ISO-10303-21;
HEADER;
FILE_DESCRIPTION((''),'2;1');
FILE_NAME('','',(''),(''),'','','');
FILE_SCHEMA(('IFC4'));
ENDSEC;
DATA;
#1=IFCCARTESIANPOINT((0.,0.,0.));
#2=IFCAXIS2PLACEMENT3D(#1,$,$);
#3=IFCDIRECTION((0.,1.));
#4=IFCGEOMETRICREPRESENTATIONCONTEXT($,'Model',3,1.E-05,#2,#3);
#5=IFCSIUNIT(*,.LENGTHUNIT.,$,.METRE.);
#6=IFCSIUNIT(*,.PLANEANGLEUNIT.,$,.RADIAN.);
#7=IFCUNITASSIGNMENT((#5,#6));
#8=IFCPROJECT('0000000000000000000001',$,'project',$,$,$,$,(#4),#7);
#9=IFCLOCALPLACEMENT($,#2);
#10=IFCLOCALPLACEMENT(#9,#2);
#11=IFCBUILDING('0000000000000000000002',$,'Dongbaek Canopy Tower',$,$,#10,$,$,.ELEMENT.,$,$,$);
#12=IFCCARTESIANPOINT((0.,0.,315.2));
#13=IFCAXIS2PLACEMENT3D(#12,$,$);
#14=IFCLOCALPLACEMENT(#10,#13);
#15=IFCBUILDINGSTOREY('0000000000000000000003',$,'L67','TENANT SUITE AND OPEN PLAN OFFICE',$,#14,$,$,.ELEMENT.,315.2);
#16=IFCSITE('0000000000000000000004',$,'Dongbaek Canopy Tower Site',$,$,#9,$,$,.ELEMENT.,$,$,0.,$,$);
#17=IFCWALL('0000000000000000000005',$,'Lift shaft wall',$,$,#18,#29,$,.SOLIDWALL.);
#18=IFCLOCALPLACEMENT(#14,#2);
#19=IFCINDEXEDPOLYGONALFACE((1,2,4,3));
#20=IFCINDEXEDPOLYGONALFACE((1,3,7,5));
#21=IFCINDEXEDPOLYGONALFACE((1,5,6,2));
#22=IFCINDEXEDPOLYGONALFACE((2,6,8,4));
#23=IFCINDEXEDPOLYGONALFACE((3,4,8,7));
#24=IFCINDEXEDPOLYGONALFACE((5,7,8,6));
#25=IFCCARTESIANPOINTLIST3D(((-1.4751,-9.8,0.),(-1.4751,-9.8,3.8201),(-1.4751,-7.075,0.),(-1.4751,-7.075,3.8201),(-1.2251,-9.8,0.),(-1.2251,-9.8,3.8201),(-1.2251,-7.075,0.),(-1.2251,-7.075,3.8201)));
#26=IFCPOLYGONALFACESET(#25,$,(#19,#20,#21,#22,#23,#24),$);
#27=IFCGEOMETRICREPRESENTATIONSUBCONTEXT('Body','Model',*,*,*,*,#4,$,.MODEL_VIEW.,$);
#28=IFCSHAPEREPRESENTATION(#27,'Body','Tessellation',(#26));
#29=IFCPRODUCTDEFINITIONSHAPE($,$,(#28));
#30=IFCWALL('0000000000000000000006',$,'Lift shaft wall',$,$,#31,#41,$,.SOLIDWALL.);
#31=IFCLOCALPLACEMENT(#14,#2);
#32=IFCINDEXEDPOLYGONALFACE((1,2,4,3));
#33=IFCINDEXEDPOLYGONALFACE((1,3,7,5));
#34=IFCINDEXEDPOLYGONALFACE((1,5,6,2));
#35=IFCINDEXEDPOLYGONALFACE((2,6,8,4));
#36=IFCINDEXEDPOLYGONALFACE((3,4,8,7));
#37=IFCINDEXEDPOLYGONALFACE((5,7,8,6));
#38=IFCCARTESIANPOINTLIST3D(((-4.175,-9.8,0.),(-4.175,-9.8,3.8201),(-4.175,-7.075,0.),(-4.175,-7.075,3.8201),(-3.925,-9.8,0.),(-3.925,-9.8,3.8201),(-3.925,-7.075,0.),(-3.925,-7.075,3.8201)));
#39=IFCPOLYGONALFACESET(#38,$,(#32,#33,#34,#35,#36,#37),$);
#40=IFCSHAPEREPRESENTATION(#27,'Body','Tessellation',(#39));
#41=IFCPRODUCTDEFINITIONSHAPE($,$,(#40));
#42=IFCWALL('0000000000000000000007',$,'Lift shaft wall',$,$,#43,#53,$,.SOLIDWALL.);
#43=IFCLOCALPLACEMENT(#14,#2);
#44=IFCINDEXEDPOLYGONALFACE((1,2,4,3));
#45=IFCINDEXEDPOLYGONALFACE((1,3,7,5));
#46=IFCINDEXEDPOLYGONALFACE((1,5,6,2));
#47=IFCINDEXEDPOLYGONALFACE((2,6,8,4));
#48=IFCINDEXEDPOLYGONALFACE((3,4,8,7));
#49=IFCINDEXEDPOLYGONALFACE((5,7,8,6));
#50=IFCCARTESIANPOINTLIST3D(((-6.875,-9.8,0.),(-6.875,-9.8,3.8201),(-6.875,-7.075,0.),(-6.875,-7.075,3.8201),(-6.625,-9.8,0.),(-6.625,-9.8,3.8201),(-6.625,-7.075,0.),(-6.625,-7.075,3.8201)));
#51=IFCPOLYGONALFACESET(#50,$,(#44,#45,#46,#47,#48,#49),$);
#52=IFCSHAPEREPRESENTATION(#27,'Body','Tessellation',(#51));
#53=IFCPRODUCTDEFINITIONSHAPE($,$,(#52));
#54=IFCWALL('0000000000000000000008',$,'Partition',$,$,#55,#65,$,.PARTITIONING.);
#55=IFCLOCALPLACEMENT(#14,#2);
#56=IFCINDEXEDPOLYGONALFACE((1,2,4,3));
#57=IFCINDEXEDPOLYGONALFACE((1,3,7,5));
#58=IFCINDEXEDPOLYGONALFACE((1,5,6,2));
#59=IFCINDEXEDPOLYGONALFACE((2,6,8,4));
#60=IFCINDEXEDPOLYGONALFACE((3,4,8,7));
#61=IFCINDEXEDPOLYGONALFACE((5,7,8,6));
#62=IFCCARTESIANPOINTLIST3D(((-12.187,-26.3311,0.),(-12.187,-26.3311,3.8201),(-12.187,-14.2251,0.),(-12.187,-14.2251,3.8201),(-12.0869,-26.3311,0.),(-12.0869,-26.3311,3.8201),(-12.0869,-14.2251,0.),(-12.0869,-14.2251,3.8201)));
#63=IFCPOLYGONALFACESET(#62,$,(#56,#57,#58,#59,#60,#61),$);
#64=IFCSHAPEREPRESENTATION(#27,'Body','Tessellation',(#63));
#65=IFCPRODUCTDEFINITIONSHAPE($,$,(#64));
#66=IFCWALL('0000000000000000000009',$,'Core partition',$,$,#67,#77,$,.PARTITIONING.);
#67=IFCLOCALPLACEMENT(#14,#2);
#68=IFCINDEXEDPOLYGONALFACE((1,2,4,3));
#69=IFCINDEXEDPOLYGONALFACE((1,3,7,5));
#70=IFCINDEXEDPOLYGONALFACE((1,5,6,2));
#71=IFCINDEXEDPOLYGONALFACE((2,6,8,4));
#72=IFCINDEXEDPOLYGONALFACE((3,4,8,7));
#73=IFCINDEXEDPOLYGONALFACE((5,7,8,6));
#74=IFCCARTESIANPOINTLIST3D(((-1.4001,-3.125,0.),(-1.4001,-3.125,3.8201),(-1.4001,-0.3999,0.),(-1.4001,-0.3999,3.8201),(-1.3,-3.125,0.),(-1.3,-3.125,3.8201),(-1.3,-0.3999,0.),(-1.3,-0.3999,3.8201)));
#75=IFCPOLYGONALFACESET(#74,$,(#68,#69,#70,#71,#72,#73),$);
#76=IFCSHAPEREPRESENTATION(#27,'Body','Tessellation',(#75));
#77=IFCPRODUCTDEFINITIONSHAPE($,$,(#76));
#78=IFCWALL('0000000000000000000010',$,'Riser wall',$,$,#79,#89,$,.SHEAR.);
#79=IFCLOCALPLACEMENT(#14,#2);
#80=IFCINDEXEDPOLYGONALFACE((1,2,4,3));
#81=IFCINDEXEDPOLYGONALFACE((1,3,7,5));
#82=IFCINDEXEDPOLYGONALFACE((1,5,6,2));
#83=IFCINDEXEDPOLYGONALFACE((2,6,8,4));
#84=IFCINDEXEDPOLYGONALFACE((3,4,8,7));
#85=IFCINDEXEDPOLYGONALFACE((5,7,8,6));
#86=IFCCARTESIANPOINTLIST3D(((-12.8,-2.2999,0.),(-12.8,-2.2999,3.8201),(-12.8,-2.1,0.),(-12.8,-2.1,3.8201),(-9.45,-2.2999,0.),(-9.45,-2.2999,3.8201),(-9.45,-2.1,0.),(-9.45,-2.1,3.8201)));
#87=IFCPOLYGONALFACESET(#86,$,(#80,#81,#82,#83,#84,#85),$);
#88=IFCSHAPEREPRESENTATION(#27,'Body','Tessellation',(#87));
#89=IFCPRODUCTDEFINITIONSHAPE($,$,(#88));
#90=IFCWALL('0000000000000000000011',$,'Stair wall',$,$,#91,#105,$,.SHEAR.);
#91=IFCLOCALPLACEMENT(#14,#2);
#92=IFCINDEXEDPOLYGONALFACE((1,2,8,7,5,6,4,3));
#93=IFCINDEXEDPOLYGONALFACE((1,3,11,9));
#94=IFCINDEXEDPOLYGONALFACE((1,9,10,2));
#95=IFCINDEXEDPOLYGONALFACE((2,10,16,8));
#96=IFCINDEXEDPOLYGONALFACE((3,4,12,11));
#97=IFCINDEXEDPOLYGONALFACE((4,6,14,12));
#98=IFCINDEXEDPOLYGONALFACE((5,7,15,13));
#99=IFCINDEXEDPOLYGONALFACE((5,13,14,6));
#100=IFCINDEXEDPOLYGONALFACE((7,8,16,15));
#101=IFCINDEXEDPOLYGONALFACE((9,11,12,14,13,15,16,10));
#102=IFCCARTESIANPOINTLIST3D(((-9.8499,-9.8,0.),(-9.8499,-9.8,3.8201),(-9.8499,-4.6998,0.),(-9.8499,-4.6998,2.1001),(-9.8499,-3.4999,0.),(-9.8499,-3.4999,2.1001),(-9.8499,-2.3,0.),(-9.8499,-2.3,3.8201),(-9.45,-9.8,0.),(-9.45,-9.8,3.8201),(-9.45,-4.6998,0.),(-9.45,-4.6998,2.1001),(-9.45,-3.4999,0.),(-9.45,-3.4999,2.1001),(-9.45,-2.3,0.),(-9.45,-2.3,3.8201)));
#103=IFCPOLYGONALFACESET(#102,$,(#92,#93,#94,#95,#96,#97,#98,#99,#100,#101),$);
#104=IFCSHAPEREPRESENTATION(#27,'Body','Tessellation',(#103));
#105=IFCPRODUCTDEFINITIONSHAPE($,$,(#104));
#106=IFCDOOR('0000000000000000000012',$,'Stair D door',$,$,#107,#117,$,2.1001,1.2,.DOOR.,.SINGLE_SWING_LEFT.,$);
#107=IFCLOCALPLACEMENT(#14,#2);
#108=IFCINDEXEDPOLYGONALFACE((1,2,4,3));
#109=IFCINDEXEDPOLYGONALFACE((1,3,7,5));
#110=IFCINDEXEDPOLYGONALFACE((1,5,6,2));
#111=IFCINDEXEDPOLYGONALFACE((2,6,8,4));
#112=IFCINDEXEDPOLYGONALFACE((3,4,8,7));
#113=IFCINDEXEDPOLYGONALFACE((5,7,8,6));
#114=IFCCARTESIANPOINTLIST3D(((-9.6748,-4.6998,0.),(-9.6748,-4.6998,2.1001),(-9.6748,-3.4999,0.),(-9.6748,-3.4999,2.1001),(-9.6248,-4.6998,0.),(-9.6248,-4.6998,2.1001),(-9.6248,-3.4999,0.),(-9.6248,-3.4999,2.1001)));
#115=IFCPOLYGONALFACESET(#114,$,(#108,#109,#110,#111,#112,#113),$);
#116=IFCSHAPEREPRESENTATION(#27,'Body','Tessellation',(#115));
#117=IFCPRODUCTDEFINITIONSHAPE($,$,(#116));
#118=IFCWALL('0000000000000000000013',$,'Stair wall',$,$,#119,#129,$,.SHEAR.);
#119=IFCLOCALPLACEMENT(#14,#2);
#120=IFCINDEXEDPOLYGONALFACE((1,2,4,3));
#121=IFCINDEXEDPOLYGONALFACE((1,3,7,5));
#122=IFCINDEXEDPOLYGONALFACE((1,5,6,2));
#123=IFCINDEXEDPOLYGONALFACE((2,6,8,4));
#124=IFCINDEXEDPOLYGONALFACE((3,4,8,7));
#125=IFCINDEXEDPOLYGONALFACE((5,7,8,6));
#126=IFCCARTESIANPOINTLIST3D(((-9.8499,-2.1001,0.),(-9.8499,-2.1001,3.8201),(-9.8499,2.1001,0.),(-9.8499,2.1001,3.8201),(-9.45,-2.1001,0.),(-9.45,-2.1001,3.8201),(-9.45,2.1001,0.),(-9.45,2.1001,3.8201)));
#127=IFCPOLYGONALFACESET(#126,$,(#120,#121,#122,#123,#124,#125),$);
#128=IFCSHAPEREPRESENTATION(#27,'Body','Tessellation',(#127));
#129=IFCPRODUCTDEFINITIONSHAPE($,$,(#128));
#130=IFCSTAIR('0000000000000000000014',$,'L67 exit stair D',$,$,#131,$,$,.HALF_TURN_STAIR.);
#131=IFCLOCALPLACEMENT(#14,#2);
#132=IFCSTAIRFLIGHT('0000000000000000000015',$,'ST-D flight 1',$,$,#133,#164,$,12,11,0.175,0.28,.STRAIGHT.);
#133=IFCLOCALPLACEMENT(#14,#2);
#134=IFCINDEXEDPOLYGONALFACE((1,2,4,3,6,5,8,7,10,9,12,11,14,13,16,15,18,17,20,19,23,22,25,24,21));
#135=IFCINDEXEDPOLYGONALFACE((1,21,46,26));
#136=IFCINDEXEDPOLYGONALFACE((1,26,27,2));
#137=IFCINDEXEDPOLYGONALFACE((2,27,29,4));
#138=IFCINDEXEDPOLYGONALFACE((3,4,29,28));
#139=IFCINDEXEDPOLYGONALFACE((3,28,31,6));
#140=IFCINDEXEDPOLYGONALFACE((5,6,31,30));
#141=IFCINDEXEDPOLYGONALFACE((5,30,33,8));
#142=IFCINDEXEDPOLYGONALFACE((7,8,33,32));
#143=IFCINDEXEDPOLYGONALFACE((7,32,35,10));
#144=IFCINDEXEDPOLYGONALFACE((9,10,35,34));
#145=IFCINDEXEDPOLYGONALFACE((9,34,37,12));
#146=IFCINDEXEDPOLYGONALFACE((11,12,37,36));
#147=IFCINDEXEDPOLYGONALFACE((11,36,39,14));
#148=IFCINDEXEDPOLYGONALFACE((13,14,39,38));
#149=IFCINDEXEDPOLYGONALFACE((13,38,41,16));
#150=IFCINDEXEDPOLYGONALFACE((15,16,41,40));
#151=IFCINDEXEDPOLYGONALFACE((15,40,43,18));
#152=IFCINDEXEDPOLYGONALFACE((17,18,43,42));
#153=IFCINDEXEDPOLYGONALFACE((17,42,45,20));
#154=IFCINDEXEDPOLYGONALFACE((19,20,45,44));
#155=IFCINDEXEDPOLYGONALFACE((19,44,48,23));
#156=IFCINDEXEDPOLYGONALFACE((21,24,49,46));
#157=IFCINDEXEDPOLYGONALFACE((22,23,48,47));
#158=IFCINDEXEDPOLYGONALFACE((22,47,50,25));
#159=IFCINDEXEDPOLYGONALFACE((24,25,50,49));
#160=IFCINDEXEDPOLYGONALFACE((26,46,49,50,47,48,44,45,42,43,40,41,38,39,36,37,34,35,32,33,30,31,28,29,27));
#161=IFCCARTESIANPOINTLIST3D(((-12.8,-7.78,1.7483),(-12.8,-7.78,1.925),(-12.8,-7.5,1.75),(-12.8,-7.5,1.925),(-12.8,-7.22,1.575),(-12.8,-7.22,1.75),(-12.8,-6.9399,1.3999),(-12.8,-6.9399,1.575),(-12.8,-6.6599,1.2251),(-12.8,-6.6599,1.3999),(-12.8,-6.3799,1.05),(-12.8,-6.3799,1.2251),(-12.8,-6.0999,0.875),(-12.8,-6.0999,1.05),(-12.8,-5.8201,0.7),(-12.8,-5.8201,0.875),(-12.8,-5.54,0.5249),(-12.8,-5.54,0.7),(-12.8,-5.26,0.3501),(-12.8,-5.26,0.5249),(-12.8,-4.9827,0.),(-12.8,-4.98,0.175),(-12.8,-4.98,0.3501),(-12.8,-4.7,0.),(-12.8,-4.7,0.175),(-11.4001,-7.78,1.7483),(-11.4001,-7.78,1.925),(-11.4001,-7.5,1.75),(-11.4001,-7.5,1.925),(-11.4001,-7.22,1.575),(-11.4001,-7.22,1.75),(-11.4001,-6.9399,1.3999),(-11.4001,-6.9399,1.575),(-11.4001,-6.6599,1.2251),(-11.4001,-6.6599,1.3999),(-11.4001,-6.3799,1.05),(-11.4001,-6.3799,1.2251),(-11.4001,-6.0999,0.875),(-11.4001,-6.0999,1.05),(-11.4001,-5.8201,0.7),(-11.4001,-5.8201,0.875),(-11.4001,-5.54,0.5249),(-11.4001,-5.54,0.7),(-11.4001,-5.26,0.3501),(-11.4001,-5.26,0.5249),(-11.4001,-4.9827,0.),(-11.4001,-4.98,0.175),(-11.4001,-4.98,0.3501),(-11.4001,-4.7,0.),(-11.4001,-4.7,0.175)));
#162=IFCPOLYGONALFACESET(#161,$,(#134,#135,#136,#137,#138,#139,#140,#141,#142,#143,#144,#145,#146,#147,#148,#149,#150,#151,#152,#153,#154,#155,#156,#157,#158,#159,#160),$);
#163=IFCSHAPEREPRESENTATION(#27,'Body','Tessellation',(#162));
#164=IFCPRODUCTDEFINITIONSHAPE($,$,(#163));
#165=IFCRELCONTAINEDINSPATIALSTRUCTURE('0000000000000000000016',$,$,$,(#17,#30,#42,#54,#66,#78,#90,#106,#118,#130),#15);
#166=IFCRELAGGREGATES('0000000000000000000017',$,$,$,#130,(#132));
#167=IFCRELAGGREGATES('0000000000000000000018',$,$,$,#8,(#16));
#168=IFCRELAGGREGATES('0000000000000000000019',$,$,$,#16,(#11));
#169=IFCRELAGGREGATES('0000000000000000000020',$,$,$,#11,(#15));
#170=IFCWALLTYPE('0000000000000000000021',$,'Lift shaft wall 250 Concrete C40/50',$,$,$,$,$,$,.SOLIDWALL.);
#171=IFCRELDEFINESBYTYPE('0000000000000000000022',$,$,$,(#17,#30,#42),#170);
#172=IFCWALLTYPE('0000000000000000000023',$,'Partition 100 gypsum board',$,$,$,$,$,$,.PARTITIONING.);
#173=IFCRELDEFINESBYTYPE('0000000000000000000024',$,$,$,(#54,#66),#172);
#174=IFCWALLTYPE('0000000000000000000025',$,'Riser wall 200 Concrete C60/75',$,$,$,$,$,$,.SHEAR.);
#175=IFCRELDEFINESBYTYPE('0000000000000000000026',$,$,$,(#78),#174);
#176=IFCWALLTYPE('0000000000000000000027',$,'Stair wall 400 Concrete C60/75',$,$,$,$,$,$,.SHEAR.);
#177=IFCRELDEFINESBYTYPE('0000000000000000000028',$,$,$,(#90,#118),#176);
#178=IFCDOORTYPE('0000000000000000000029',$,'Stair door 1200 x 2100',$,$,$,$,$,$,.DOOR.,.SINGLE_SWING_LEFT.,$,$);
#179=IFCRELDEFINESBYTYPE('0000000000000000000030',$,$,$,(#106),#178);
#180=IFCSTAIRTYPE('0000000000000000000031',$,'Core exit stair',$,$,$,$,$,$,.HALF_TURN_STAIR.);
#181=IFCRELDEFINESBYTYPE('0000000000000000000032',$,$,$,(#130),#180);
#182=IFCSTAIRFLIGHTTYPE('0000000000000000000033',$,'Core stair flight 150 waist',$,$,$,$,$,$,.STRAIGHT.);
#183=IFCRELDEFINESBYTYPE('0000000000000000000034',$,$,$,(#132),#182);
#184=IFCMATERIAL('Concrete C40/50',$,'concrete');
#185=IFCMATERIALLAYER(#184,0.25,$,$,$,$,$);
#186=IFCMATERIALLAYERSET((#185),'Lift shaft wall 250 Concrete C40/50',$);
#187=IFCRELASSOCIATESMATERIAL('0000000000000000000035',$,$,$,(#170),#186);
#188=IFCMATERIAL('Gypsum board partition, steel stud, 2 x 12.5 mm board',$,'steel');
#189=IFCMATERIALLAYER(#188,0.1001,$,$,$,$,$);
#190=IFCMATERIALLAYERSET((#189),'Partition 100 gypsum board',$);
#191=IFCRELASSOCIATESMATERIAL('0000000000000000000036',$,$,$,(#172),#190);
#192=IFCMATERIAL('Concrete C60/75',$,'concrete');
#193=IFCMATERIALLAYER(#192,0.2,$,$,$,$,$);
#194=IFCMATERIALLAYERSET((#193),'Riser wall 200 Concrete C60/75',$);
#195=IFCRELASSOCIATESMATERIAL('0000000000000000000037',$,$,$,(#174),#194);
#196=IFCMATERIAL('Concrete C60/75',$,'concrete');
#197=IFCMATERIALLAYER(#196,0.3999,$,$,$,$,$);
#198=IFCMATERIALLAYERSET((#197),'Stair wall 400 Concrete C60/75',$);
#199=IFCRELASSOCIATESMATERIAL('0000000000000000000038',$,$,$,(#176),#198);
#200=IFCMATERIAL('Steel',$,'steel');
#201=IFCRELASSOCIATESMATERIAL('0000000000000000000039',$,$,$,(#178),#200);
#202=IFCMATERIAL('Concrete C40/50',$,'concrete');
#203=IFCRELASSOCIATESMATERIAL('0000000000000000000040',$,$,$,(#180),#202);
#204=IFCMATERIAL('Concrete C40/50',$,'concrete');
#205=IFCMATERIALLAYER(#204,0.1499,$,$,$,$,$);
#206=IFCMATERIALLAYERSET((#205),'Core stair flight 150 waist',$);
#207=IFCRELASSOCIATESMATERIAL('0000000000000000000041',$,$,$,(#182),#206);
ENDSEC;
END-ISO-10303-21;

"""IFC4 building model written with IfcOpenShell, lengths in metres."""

from ifc_helpers import new_model, si_unit, direction, frame, frame_2d, origin, place, context, subcontext, project, spatial, polyline, rectangle, outline, extrude, material, layer, layer_set, type_object, element, fill, aggregate, save


model = new_model("IFC4")

# Units and contexts
model_context = context("Model", 3, precision=1e-05, world=origin(), true_north=direction((0.0, 1.0)))
body_context = subcontext(model_context, "Body", "Model", "MODEL_VIEW")
ifc_project = project(units=[si_unit("LENGTHUNIT", "METRE"), si_unit("PLANEANGLEUNIT", "RADIAN")], contexts=[model_context])

# Site, building, storey
site_placement = place(None, origin())
site = spatial("IfcSite", under=ifc_project, at=site_placement, Name="Dongbaek Canopy Tower Site", CompositionType="ELEMENT", RefElevation=0.0)
building_placement = place(site_placement, origin())
building = spatial("IfcBuilding", under=site, at=building_placement, Name="Dongbaek Canopy Tower", CompositionType="ELEMENT")
storey_placement = place(building_placement, frame((0.0, 0.0, 315.2)))
storey = spatial("IfcBuildingStorey", under=building, at=storey_placement, Name="L67", Description="TENANT SUITE AND OPEN PLAN OFFICE", CompositionType="ELEMENT", Elevation=315.2)

# Walls
ifc_material_1 = material(Name="Concrete C40/50", Category="concrete")
ifc_layer_1 = layer(ifc_material_1, 0.25)
ifc_layer_set_1 = layer_set([ifc_layer_1], Name="Lift shaft wall 250 Concrete C40/50")
wall_type_1 = type_object("IfcWallType", Name="Lift shaft wall 250 Concrete C40/50", PredefinedType="SOLIDWALL", material=ifc_layer_set_1)
for number, where, z_axis, x_axis, name in (
    (1, (-1.3501, -9.8, 0.0), (0.0, 0.0, 1.0), (0.0, 1.0, 0.0), "Lift shaft wall"),
    (2, (-4.05, -9.8, 0.0), (0.0, 0.0, 1.0), (0.0, 1.0, 0.0), "Lift shaft wall"),
    (3, (-6.75, -9.8, 0.0), (0.0, 0.0, 1.0), (0.0, 1.0, 0.0), "Lift shaft wall"),
):
    element("IfcWall", number, at=place(storey_placement, frame(where, z_axis=z_axis, x_axis=x_axis)), inside=storey, type_object=wall_type_1, Name=name, PredefinedType="SOLIDWALL", context=body_context, shape_type="SweptSolid", body=[
        extrude(rectangle(XDim=2.7251, YDim=0.25, at=frame_2d((1.3625, 0.0))), origin(), (0.0, 0.0, 1.0), 3.8201),
    ])
ifc_material_2 = material(Name="Gypsum board partition, steel stud, 2 x 12.5 mm board", Category="steel")
ifc_layer_2 = layer(ifc_material_2, 0.1001)
ifc_layer_set_2 = layer_set([ifc_layer_2], Name="Partition 100 gypsum board")
wall_type_2 = type_object("IfcWallType", Name="Partition 100 gypsum board", PredefinedType="PARTITIONING", material=ifc_layer_set_2)
wall_1_placement = place(storey_placement, frame((-12.137, -26.3311, 0.0), z_axis=(0.0, 0.0, 1.0), x_axis=(0.0, 1.0, 0.0)))
element("IfcWall", 4, at=wall_1_placement, inside=storey, type_object=wall_type_2, Name="Partition", PredefinedType="PARTITIONING", context=body_context, shape_type="SweptSolid", body=[
    extrude(rectangle(XDim=12.106, YDim=0.1001, at=frame_2d((6.053, 0.0))), origin(), (0.0, 0.0, 1.0), 3.8201),
])
wall_2_placement = place(storey_placement, frame((-1.3501, -3.125, 0.0), z_axis=(0.0, 0.0, 1.0), x_axis=(0.0, 1.0, 0.0)))
element("IfcWall", 5, at=wall_2_placement, inside=storey, type_object=wall_type_2, Name="Core partition", PredefinedType="PARTITIONING", context=body_context, shape_type="SweptSolid", body=[
    extrude(rectangle(XDim=2.7251, YDim=0.1001, at=frame_2d((1.3625, 0.0))), origin(), (0.0, 0.0, 1.0), 3.8201),
])
ifc_material_3 = material(Name="Concrete C60/75", Category="concrete")
ifc_layer_3 = layer(ifc_material_3, 0.2)
ifc_layer_set_3 = layer_set([ifc_layer_3], Name="Riser wall 200 Concrete C60/75")
wall_type_3 = type_object("IfcWallType", Name="Riser wall 200 Concrete C60/75", PredefinedType="SHEAR", material=ifc_layer_set_3)
wall_3_placement = place(storey_placement, frame((-9.45, -2.2, 0.0), z_axis=(0.0, 0.0, 1.0), x_axis=(-1.0, 0.0, 0.0)))
element("IfcWall", 6, at=wall_3_placement, inside=storey, type_object=wall_type_3, Name="Riser wall", PredefinedType="SHEAR", context=body_context, shape_type="SweptSolid", body=[
    extrude(rectangle(XDim=3.3501, YDim=0.2, at=frame_2d((1.675, 0.0))), origin(), (0.0, 0.0, 1.0), 3.8201),
])

# Wall, opening, door
ifc_material_4 = material(Name="Concrete C60/75", Category="concrete")
ifc_layer_4 = layer(ifc_material_4, 0.3999)
ifc_layer_set_4 = layer_set([ifc_layer_4], Name="Stair wall 400 Concrete C60/75")
wall_type_4 = type_object("IfcWallType", Name="Stair wall 400 Concrete C60/75", PredefinedType="SHEAR", material=ifc_layer_set_4)
wall_4_placement = place(storey_placement, frame((-9.6499, -9.8, 0.0), z_axis=(0.0, 0.0, 1.0), x_axis=(0.0, 1.0, 0.0)))
wall_4 = element("IfcWall", 7, at=wall_4_placement, inside=storey, type_object=wall_type_4, Name="Stair wall", PredefinedType="SHEAR", context=body_context, shape_type="SweptSolid", body=[
    extrude(rectangle(XDim=7.5, YDim=0.3999, at=frame_2d((3.75, 0.0))), origin(), (0.0, 0.0, 1.0), 3.8201),
])
opening_1_placement = place(wall_4_placement, frame((5.1001, 0.0, 0.0)))
opening_1 = element("IfcOpeningElement", 8, at=opening_1_placement, cuts=wall_4, PredefinedType="OPENING", context=body_context, shape_type="SweptSolid", body=[
    extrude(rectangle(XDim=1.2, YDim=2.1001, at=frame_2d((0.6001, 1.05))), frame((0.0, 0.21, 0.0), z_axis=(0.0, -1.0, 0.0), x_axis=(1.0, 0.0, 0.0)), (0.0, 0.0, 1.0), 0.4199),
])
ifc_material_5 = material(Name="Steel", Category="steel")
door_type_1 = type_object("IfcDoorType", Name="Stair door 1200 x 2100", OperationType="SINGLE_SWING_LEFT", PredefinedType="DOOR", material=ifc_material_5)
door_1_placement = place(opening_1_placement, origin())
door_1 = element("IfcDoor", 9, at=door_1_placement, inside=storey, type_object=door_type_1, Name="Stair D door", OperationType="SINGLE_SWING_LEFT", OverallHeight=2.1001, OverallWidth=1.2, PredefinedType="DOOR", context=body_context, shape_type="SweptSolid", body=[
    extrude(rectangle(XDim=1.2, YDim=2.1001, at=frame_2d((0.6001, 1.05))), frame((0.0, 0.0249, 0.0), z_axis=(0.0, -1.0, 0.0), x_axis=(1.0, 0.0, 0.0)), (0.0, 0.0, 1.0), 0.05),
])
fill(opening_1, door_1)

# Wall
wall_5_placement = place(storey_placement, frame((-9.6499, -2.1001, 0.0), z_axis=(0.0, 0.0, 1.0), x_axis=(0.0, 1.0, 0.0)))
element("IfcWall", 10, at=wall_5_placement, inside=storey, type_object=wall_type_4, Name="Stair wall", PredefinedType="SHEAR", context=body_context, shape_type="SweptSolid", body=[
    extrude(rectangle(XDim=4.2002, YDim=0.3999, at=frame_2d((2.1001, 0.0))), origin(), (0.0, 0.0, 1.0), 3.8201),
])

# Stair, stair flight
ifc_material_6 = material(Name="Concrete C40/50", Category="concrete")
stair_type = type_object("IfcStairType", Name="Core exit stair", PredefinedType="HALF_TURN_STAIR", material=ifc_material_6)
stair_placement = place(storey_placement, origin())
stair = element("IfcStair", 11, at=stair_placement, inside=storey, type_object=stair_type, Name="L67 exit stair D", PredefinedType="HALF_TURN_STAIR")
ifc_material_7 = material(Name="Concrete C40/50", Category="concrete")
ifc_layer_5 = layer(ifc_material_7, 0.1499)
ifc_layer_set_5 = layer_set([ifc_layer_5], Name="Core stair flight 150 waist")
stair_flight_type = type_object("IfcStairFlightType", Name="Core stair flight 150 waist", PredefinedType="STRAIGHT", material=ifc_layer_set_5)
stair_flight_1_placement = place(storey_placement, frame((-12.1001, -4.7, 0.0), z_axis=(0.0, 0.0, 1.0), x_axis=(0.0, -1.0, 0.0)))
stair_flight_1 = element("IfcStairFlight", 12, at=stair_flight_1_placement, type_object=stair_flight_type, Name="ST-D flight 1", NumberOfRisers=12, NumberOfTreads=11, PredefinedType="STRAIGHT", RiserHeight=0.175, TreadLength=0.28, context=body_context, shape_type="SweptSolid", body=[
    extrude(outline(polyline([(0.0, 0.0), (0.0, 0.175), (0.28, 0.175), (0.28, 0.3501), (0.5601, 0.3501), (0.5601, 0.5249), (0.8401, 0.5249), (0.8401, 0.7), (1.1201, 0.7), (1.1201, 0.875), (1.3999, 0.875), (1.3999, 1.05), (1.6799, 1.05), (1.6799, 1.2251), (1.96, 1.2251), (1.96, 1.3999), (2.24, 1.3999), (2.24, 1.575), (2.52, 1.575), (2.52, 1.75), (2.8, 1.75), (2.8, 1.925), (3.0801, 1.925), (3.0801, 2.1001), (3.0801, 1.7483), (0.2827, 0.0), (0.0, 0.0)])), frame((0.0, 0.7, 0.0), z_axis=(0.0, -1.0, 0.0), x_axis=(1.0, 0.0, 0.0)), (0.0, 0.0, 1.0), 1.3999),
])
aggregate(stair, [stair_flight_1])

save(model, "model.ifc")
